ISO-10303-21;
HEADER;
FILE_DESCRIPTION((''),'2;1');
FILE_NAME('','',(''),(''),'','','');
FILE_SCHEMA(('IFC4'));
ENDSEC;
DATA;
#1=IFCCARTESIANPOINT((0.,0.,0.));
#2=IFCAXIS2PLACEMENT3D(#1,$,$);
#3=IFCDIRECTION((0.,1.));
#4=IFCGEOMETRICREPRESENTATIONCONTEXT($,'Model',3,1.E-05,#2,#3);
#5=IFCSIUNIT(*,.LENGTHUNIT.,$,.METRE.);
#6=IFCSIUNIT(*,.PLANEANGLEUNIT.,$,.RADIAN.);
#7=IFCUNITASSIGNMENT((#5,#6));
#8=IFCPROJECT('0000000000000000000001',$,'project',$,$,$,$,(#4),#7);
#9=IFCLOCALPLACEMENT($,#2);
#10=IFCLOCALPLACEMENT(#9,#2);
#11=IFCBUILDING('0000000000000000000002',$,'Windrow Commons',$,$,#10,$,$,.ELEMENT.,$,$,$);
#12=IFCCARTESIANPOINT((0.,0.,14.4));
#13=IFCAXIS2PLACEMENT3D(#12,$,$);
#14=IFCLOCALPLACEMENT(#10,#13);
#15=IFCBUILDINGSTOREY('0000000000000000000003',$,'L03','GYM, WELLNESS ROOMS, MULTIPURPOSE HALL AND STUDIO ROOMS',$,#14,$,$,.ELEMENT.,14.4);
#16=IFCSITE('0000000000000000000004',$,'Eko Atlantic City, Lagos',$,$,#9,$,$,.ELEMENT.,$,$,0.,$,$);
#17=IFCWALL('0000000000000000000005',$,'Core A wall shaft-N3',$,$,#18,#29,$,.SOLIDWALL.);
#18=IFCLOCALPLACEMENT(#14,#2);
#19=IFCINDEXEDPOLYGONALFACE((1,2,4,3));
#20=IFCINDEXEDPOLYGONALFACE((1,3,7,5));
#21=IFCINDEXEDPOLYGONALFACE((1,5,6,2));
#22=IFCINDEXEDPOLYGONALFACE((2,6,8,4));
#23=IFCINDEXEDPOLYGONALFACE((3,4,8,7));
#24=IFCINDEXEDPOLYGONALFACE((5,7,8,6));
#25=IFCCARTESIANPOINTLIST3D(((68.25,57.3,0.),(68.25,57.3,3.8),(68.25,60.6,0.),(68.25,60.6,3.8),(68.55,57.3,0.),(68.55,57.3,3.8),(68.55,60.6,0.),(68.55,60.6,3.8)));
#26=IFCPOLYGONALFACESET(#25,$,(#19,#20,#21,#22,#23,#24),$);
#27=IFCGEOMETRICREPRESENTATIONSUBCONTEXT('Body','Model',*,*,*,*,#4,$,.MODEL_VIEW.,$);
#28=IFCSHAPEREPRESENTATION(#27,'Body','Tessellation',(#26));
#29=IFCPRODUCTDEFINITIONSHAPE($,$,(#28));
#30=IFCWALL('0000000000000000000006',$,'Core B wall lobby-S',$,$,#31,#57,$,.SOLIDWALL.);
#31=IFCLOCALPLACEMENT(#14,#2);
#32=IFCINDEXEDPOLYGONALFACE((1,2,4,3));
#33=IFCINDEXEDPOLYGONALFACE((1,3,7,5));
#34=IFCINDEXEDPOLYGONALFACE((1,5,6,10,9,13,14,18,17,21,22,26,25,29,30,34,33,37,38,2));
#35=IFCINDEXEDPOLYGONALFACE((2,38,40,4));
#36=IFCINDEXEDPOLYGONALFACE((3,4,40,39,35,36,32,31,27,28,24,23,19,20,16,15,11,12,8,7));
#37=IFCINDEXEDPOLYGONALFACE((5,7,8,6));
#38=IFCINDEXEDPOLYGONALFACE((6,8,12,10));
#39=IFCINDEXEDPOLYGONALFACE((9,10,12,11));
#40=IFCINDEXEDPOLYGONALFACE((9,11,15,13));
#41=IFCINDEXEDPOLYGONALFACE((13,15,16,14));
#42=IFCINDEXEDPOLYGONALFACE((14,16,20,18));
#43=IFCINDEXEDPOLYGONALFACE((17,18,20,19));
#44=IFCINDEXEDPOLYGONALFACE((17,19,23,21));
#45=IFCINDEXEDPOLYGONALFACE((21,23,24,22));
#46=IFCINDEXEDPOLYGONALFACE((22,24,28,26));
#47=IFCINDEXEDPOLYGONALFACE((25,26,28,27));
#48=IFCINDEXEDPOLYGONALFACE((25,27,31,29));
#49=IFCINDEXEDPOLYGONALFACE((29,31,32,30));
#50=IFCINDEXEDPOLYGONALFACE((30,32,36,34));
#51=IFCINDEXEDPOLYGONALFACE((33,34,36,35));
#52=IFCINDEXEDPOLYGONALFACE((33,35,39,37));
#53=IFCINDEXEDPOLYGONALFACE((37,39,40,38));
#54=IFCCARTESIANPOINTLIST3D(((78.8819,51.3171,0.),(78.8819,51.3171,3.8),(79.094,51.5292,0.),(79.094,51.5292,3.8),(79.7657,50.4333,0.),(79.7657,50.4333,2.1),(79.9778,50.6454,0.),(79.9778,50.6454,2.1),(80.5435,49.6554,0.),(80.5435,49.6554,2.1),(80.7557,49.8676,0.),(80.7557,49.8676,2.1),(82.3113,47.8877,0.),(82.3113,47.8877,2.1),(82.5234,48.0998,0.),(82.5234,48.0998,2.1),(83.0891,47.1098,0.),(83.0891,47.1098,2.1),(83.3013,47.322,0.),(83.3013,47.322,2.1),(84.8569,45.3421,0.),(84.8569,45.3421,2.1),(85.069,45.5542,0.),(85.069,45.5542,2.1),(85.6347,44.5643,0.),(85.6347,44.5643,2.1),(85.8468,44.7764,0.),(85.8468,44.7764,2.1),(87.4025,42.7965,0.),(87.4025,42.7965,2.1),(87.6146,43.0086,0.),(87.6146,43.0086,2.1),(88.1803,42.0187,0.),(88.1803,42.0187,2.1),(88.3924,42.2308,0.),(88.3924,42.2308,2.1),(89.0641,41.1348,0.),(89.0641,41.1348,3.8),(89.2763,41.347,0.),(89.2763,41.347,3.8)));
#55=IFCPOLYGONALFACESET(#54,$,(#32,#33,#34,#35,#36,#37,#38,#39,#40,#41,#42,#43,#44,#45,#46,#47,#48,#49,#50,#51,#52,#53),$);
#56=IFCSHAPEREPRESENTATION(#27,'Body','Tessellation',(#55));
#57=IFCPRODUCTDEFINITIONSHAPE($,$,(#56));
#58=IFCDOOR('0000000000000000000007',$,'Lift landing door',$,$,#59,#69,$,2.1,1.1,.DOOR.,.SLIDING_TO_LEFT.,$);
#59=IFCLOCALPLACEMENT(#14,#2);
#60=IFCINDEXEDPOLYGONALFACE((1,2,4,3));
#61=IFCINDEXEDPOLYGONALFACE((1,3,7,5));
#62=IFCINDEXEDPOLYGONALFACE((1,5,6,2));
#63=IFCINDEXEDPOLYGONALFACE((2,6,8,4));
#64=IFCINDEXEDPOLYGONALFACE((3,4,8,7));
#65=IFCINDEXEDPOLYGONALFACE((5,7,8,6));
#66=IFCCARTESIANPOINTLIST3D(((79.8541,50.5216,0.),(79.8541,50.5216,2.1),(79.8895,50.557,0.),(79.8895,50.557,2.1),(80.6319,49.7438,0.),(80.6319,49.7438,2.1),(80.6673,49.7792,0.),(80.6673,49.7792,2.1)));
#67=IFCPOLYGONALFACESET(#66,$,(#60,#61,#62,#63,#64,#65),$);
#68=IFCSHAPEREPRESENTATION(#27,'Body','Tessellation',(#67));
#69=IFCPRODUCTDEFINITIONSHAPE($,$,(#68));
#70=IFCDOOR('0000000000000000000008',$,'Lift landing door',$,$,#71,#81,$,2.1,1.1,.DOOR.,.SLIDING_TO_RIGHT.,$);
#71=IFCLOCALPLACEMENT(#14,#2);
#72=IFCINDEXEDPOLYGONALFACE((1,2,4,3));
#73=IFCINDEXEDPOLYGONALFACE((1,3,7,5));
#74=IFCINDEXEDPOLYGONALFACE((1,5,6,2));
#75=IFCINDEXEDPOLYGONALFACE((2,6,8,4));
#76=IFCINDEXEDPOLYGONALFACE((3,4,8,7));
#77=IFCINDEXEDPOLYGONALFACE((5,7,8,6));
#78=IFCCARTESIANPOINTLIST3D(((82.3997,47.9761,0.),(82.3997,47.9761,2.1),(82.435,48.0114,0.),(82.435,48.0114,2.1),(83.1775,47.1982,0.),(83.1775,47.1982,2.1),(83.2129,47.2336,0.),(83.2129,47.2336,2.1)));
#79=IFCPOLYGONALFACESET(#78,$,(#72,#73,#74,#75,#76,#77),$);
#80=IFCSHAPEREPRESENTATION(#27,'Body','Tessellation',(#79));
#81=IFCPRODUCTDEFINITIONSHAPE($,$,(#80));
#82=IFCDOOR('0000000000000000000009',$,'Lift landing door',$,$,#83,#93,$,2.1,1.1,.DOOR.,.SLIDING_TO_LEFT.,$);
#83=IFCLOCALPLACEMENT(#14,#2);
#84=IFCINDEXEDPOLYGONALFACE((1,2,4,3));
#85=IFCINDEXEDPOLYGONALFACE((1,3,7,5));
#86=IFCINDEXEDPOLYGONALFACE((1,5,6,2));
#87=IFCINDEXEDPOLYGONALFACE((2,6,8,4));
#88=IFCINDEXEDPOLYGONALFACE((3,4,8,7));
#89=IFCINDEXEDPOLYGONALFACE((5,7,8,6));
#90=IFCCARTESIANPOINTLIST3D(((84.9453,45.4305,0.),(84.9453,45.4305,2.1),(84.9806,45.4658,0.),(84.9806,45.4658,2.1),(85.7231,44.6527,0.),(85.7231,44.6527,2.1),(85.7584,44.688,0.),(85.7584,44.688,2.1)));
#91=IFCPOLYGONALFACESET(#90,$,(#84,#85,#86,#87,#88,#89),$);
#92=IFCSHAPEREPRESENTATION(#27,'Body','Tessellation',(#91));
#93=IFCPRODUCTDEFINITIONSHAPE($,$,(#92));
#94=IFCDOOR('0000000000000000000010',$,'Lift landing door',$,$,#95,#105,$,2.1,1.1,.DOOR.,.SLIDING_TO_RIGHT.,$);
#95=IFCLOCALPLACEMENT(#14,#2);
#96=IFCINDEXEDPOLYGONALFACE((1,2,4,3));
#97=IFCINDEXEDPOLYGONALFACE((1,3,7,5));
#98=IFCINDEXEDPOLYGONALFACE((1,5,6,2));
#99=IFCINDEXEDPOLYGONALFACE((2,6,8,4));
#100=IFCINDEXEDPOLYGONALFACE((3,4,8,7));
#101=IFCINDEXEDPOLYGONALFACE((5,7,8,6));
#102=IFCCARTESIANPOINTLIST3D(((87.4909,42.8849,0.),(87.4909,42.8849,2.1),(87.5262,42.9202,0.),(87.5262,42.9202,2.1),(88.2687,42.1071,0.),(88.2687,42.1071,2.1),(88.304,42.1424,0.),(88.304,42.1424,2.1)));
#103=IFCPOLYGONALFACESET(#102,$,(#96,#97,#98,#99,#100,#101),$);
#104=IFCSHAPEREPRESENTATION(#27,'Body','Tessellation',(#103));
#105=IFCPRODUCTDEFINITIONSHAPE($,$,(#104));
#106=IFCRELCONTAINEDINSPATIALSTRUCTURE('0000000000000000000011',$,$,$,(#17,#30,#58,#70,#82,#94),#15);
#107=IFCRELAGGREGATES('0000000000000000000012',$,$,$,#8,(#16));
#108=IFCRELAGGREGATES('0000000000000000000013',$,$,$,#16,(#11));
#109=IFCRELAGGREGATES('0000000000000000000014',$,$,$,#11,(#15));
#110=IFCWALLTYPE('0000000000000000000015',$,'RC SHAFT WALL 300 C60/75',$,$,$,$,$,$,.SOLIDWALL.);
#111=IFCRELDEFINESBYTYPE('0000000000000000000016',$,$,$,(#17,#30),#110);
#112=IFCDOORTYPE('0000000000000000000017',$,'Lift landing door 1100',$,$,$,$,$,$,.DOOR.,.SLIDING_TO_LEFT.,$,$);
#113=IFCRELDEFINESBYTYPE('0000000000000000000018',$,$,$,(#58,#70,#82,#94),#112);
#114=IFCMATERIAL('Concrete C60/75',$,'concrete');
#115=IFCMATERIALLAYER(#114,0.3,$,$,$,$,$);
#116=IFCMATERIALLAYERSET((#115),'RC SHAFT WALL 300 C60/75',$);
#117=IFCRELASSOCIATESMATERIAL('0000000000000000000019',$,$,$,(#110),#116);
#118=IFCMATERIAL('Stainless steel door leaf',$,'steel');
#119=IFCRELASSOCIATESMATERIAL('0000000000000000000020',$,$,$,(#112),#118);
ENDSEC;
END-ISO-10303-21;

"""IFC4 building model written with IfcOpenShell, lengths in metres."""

from ifc_helpers import new_model, si_unit, direction, frame, frame_2d, origin, place, context, subcontext, project, spatial, rectangle, extrude, material, layer, layer_set, type_object, element, fill, save


model = new_model("IFC4")

# Units and contexts
model_context = context("Model", 3, precision=1e-05, world=origin(), true_north=direction((0.0, 1.0)))
body_context = subcontext(model_context, "Body", "Model", "MODEL_VIEW")
ifc_project = project(units=[si_unit("LENGTHUNIT", "METRE"), si_unit("PLANEANGLEUNIT", "RADIAN")], contexts=[model_context])

# Site, building, storey
site_placement = place(None, origin())
site = spatial("IfcSite", under=ifc_project, at=site_placement, Name="Eko Atlantic City, Lagos", CompositionType="ELEMENT", RefElevation=0.0)
building_placement = place(site_placement, origin())
building = spatial("IfcBuilding", under=site, at=building_placement, Name="Windrow Commons", CompositionType="ELEMENT")
storey_placement = place(building_placement, frame((0.0, 0.0, 14.4)))
storey = spatial("IfcBuildingStorey", under=building, at=storey_placement, Name="L03", Description="GYM, WELLNESS ROOMS, MULTIPURPOSE HALL AND STUDIO ROOMS", CompositionType="ELEMENT", Elevation=14.4)

# Wall
ifc_material_1 = material(Name="Concrete C60/75", Category="concrete")
ifc_layer_1 = layer(ifc_material_1, 0.3)
ifc_layer_set_1 = layer_set([ifc_layer_1], Name="RC SHAFT WALL 300 C60/75")
wall_type_1 = type_object("IfcWallType", Name="RC SHAFT WALL 300 C60/75", PredefinedType="SOLIDWALL", material=ifc_layer_set_1)
for number, where, z_axis, x_axis, name in (
    (1, (68.4, 57.3, 0.0), (0.0, 0.0, 1.0), (0.0, 1.0, 0.0), "Core A wall shaft-N3"),
):
    element("IfcWall", number, at=place(storey_placement, frame(where, z_axis=z_axis, x_axis=x_axis)), inside=storey, type_object=wall_type_1, Name=name, PredefinedType="SOLIDWALL", context=body_context, shape_type="SweptSolid", body=[
        extrude(rectangle(XDim=3.3, YDim=0.3, at=frame_2d((1.65, 0.0))), origin(), (0.0, 0.0, 1.0), 3.8),
    ])

# Wall, openings, doors
wall_1_placement = place(storey_placement, frame((78.9879, 51.4232, 0.0), z_axis=(0.0, 0.0, 1.0), x_axis=(0.707107, -0.707107, 0.0)))
wall_1 = element("IfcWall", 2, at=wall_1_placement, inside=storey, type_object=wall_type_1, Name="Core B wall lobby-S", PredefinedType="SOLIDWALL", context=body_context, shape_type="SweptSolid", body=[
    extrude(rectangle(XDim=14.3999, YDim=0.3, at=frame_2d((7.2, 0.0))), origin(), (0.0, 0.0, 1.0), 3.8),
])
opening_1_placement = place(wall_1_placement, frame((1.25, 0.0, 0.0)))
opening_1 = element("IfcOpeningElement", 3, at=opening_1_placement, cuts=wall_1, PredefinedType="OPENING", context=body_context, shape_type="SweptSolid", body=[
    extrude(rectangle(XDim=1.1, YDim=2.1, at=frame_2d((0.55, 1.05))), frame((0.0, 0.16, 0.0), z_axis=(0.0, -1.0, 0.0), x_axis=(1.0, 0.0, 0.0)), (0.0, 0.0, 1.0), 0.32),
])
opening_2_placement = place(wall_1_placement, frame((4.85, 0.0, 0.0)))
opening_2 = element("IfcOpeningElement", 4, at=opening_2_placement, cuts=wall_1, PredefinedType="OPENING", context=body_context, shape_type="SweptSolid", body=[
    extrude(rectangle(XDim=1.1, YDim=2.1, at=frame_2d((0.55, 1.05))), frame((0.0, 0.16, 0.0), z_axis=(0.0, -1.0, 0.0), x_axis=(1.0, 0.0, 0.0)), (0.0, 0.0, 1.0), 0.32),
])
opening_3_placement = place(wall_1_placement, frame((8.45, 0.0, 0.0)))
opening_3 = element("IfcOpeningElement", 5, at=opening_3_placement, cuts=wall_1, PredefinedType="OPENING", context=body_context, shape_type="SweptSolid", body=[
    extrude(rectangle(XDim=1.1, YDim=2.1, at=frame_2d((0.55, 1.05))), frame((0.0, 0.16, 0.0), z_axis=(0.0, -1.0, 0.0), x_axis=(1.0, 0.0, 0.0)), (0.0, 0.0, 1.0), 0.32),
])
opening_4_placement = place(wall_1_placement, frame((12.05, 0.0, 0.0)))
opening_4 = element("IfcOpeningElement", 6, at=opening_4_placement, cuts=wall_1, PredefinedType="OPENING", context=body_context, shape_type="SweptSolid", body=[
    extrude(rectangle(XDim=1.1, YDim=2.1, at=frame_2d((0.55, 1.05))), frame((0.0, 0.16, 0.0), z_axis=(0.0, -1.0, 0.0), x_axis=(1.0, 0.0, 0.0)), (0.0, 0.0, 1.0), 0.32),
])
ifc_material_2 = material(Name="Stainless steel door leaf", Category="steel")
door_type_1 = type_object("IfcDoorType", Name="Lift landing door 1100", OperationType="SLIDING_TO_LEFT", PredefinedType="DOOR", material=ifc_material_2)
door_1_placement = place(opening_1_placement, origin())
door_1 = element("IfcDoor", 7, at=door_1_placement, inside=storey, type_object=door_type_1, Name="Lift landing door", OperationType="SLIDING_TO_LEFT", OverallHeight=2.1, OverallWidth=1.1, PredefinedType="DOOR", context=body_context, shape_type="SweptSolid", body=[
    extrude(rectangle(XDim=1.1, YDim=2.1, at=frame_2d((0.55, 1.05))), frame((0.0, 0.025, 0.0), z_axis=(0.0, -1.0, 0.0), x_axis=(1.0, 0.0, 0.0)), (0.0, 0.0, 1.0), 0.05),
])
fill(opening_1, door_1)
door_2_placement = place(opening_2_placement, origin())
door_2 = element("IfcDoor", 8, at=door_2_placement, inside=storey, type_object=door_type_1, Name="Lift landing door", OperationType="SLIDING_TO_RIGHT", OverallHeight=2.1, OverallWidth=1.1, PredefinedType="DOOR", context=body_context, shape_type="SweptSolid", body=[
    extrude(rectangle(XDim=1.1, YDim=2.1, at=frame_2d((0.55, 1.05))), frame((0.0, 0.025, 0.0), z_axis=(0.0, -1.0, 0.0), x_axis=(1.0, 0.0, 0.0)), (0.0, 0.0, 1.0), 0.05),
])
fill(opening_2, door_2)
door_3_placement = place(opening_3_placement, origin())
door_3 = element("IfcDoor", 9, at=door_3_placement, inside=storey, type_object=door_type_1, Name="Lift landing door", OperationType="SLIDING_TO_LEFT", OverallHeight=2.1, OverallWidth=1.1, PredefinedType="DOOR", context=body_context, shape_type="SweptSolid", body=[
    extrude(rectangle(XDim=1.1, YDim=2.1, at=frame_2d((0.55, 1.05))), frame((0.0, 0.025, 0.0), z_axis=(0.0, -1.0, 0.0), x_axis=(1.0, 0.0, 0.0)), (0.0, 0.0, 1.0), 0.05),
])
fill(opening_3, door_3)
door_4_placement = place(opening_4_placement, origin())
door_4 = element("IfcDoor", 10, at=door_4_placement, inside=storey, type_object=door_type_1, Name="Lift landing door", OperationType="SLIDING_TO_RIGHT", OverallHeight=2.1, OverallWidth=1.1, PredefinedType="DOOR", context=body_context, shape_type="SweptSolid", body=[
    extrude(rectangle(XDim=1.1, YDim=2.1, at=frame_2d((0.55, 1.05))), frame((0.0, 0.025, 0.0), z_axis=(0.0, -1.0, 0.0), x_axis=(1.0, 0.0, 0.0)), (0.0, 0.0, 1.0), 0.05),
])
fill(opening_4, door_4)

save(model, "model.ifc")
